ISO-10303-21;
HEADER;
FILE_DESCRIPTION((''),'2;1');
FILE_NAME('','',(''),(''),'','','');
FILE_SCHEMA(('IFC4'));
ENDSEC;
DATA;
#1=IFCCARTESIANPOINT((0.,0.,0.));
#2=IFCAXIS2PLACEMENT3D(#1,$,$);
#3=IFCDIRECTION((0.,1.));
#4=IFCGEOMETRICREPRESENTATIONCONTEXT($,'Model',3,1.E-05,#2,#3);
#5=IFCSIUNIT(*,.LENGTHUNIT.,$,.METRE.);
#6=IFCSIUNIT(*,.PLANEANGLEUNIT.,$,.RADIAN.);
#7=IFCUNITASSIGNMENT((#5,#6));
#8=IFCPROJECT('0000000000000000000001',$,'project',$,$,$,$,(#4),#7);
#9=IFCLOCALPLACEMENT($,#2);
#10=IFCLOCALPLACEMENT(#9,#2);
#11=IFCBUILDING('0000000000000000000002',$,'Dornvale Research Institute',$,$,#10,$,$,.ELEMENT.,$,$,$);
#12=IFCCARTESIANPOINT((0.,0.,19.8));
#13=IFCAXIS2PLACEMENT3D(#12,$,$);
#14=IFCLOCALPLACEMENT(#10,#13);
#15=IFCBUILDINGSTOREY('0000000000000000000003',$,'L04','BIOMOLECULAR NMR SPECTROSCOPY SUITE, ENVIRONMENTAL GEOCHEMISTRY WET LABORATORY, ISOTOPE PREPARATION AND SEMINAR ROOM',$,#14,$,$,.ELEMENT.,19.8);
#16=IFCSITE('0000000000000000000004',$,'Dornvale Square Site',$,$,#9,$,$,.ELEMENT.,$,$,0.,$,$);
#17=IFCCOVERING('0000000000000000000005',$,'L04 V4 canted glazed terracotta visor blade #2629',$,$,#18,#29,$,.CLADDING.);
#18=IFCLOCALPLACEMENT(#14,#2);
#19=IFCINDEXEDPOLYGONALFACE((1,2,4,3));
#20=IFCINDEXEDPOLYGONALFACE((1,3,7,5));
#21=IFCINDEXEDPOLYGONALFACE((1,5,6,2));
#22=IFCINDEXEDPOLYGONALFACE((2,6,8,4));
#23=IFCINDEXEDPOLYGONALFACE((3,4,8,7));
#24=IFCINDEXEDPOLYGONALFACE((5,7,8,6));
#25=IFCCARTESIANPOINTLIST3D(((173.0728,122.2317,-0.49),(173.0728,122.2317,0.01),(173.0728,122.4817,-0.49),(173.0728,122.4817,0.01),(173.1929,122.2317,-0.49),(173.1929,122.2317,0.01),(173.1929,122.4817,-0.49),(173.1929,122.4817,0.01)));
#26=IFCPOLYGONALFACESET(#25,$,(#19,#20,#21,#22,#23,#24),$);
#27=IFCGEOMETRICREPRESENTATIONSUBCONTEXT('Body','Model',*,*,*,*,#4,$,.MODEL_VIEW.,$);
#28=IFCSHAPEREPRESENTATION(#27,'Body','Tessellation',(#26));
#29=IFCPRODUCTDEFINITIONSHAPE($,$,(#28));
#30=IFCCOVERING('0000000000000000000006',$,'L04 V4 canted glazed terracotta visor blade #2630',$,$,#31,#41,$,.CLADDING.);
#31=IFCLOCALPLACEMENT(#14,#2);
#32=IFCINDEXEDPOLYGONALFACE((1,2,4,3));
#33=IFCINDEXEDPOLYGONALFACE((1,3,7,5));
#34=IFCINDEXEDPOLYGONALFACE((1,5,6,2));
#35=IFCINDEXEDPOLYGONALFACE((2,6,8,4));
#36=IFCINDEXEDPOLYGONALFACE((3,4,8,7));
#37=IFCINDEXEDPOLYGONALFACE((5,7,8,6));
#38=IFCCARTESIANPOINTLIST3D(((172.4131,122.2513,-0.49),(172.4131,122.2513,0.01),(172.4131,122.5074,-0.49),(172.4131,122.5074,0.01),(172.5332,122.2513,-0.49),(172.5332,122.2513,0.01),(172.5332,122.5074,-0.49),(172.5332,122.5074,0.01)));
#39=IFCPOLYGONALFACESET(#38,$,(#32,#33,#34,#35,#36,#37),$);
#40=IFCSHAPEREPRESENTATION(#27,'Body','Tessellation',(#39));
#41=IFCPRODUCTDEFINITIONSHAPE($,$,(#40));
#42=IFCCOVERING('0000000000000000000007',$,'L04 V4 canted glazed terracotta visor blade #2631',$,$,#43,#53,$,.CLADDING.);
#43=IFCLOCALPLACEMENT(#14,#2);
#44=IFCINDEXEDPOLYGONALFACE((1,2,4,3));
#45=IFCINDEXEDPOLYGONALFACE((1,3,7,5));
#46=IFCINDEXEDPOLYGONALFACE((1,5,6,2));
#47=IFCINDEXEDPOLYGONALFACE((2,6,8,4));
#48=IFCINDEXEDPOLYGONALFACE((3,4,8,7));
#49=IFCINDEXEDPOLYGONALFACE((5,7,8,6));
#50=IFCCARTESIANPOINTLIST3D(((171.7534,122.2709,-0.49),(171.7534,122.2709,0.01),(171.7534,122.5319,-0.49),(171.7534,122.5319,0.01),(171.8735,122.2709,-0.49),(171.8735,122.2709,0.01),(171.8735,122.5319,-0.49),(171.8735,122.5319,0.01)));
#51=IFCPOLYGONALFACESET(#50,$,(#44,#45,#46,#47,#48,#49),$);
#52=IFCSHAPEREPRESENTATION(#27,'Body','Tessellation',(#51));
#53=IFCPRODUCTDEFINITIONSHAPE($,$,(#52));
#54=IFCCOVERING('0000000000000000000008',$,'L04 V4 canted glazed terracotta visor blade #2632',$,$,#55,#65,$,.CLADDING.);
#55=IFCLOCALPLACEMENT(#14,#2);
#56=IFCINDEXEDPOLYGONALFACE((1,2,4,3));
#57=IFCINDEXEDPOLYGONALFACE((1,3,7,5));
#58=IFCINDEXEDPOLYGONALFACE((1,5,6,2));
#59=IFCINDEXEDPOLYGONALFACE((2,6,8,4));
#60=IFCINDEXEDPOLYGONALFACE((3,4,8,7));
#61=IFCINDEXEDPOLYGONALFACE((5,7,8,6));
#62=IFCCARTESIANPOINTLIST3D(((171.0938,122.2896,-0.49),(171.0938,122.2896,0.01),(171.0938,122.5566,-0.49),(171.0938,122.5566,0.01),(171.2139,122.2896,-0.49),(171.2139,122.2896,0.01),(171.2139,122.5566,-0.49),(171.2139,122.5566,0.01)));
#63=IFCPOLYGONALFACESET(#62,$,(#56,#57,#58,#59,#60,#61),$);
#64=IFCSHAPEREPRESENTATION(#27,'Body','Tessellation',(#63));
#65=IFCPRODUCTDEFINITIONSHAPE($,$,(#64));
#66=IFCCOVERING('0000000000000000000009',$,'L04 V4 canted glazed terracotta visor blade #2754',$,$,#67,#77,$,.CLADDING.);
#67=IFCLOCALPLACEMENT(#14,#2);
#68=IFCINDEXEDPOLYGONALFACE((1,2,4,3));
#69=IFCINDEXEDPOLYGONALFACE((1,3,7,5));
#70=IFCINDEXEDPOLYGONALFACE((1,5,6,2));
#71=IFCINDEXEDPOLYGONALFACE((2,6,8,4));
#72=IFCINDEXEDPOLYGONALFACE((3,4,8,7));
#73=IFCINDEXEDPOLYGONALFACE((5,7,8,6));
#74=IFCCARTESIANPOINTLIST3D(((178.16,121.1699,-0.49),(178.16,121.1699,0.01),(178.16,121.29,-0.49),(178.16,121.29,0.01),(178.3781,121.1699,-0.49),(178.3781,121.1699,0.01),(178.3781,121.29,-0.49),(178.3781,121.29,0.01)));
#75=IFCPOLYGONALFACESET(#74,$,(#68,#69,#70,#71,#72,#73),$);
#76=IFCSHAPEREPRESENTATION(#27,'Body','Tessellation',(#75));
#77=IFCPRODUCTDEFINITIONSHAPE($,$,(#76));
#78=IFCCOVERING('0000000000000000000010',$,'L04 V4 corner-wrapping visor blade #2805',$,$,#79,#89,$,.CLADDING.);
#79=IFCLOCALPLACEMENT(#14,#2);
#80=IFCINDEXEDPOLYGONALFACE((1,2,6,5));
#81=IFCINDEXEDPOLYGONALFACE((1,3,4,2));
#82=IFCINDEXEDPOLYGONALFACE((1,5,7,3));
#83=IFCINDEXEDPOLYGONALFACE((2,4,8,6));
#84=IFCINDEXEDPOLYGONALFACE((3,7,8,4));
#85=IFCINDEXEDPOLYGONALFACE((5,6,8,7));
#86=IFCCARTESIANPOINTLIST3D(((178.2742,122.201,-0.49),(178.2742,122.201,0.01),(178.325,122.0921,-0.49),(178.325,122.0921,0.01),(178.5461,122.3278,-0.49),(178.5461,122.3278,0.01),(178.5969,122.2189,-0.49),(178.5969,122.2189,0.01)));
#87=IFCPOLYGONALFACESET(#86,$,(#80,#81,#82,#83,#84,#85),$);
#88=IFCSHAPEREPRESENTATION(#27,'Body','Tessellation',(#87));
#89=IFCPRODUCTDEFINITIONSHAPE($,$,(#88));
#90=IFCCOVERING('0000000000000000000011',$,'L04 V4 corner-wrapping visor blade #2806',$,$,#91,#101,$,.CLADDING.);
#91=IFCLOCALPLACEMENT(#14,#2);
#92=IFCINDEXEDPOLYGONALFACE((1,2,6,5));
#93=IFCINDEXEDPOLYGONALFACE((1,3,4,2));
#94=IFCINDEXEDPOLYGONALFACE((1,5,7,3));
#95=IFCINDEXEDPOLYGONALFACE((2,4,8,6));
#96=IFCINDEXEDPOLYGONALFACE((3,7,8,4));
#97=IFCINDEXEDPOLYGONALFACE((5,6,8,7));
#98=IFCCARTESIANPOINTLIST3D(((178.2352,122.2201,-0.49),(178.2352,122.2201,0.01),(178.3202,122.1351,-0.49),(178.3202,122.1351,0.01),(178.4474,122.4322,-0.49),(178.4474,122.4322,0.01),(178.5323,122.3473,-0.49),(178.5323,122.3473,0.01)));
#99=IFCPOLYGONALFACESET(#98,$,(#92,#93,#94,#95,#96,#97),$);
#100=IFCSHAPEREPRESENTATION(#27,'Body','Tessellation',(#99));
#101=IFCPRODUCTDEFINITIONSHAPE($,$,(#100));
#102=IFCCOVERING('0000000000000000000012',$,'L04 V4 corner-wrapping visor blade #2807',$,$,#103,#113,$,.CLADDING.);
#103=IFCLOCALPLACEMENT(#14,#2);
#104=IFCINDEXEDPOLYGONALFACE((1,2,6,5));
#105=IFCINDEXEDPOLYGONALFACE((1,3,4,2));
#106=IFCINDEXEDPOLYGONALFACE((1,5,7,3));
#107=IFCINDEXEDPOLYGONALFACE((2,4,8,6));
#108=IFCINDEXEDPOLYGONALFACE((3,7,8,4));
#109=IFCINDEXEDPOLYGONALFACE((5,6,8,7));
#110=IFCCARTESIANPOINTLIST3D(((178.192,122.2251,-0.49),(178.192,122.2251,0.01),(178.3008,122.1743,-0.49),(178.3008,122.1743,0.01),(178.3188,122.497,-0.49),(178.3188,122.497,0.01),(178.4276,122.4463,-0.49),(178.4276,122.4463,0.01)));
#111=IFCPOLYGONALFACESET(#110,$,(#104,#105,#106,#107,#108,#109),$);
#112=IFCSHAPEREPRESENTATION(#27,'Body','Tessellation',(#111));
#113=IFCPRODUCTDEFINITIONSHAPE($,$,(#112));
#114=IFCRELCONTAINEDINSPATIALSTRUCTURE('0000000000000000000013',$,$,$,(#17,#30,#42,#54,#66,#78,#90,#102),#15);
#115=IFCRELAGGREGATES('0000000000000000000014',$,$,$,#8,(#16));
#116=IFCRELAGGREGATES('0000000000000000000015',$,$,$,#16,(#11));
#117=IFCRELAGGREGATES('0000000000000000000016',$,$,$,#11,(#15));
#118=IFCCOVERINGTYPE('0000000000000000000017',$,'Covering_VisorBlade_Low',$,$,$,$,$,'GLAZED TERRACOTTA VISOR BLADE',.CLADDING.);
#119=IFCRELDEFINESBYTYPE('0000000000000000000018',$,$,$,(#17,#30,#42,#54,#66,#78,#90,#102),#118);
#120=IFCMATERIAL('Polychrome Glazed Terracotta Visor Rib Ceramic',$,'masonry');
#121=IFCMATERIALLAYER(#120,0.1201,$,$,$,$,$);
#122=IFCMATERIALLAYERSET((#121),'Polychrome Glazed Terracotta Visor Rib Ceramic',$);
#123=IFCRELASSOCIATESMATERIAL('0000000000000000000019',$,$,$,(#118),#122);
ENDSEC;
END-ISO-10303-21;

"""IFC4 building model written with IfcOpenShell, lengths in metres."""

from ifc_helpers import new_model, si_unit, direction, frame, origin, origin_2d, place, context, subcontext, project, spatial, rectangle, extrude, material, layer, layer_set, type_object, element, save


model = new_model("IFC4")

# Units and contexts
model_context = context("Model", 3, precision=1e-05, world=origin(), true_north=direction((0.0, 1.0)))
body_context = subcontext(model_context, "Body", "Model", "MODEL_VIEW")
ifc_project = project(units=[si_unit("LENGTHUNIT", "METRE"), si_unit("PLANEANGLEUNIT", "RADIAN")], contexts=[model_context])

# Site, building, storey
site_placement = place(None, origin())
site = spatial("IfcSite", under=ifc_project, at=site_placement, Name="Dornvale Square Site", CompositionType="ELEMENT", RefElevation=0.0)
building_placement = place(site_placement, origin())
building = spatial("IfcBuilding", under=site, at=building_placement, Name="Dornvale Research Institute", CompositionType="ELEMENT")
storey_placement = place(building_placement, frame((0.0, 0.0, 19.8)))
storey = spatial("IfcBuildingStorey", under=building, at=storey_placement, Name="L04", Description="BIOMOLECULAR NMR SPECTROSCOPY SUITE, ENVIRONMENTAL GEOCHEMISTRY WET LABORATORY, ISOTOPE PREPARATION AND SEMINAR ROOM", CompositionType="ELEMENT", Elevation=19.8)

# Coverings
ifc_material_1 = material(Name="Polychrome Glazed Terracotta Visor Rib Ceramic", Category="masonry")
ifc_layer_1 = layer(ifc_material_1, 0.1201)
ifc_layer_set_1 = layer_set([ifc_layer_1], Name="Polychrome Glazed Terracotta Visor Rib Ceramic")
covering_type = type_object("IfcCoveringType", Name="Covering_VisorBlade_Low", ElementType="GLAZED TERRACOTTA VISOR BLADE", PredefinedType="CLADDING", material=ifc_layer_set_1)
covering_1_placement = place(storey_placement, frame((173.1328, 122.3567, -0.49), z_axis=(0.0, 0.0, 1.0), x_axis=(0.0, 1.0, 0.0)))
element("IfcCovering", 1, at=covering_1_placement, inside=storey, type_object=covering_type, Name="L04 V4 canted glazed terracotta visor blade #2629", PredefinedType="CLADDING", context=body_context, shape_type="SweptSolid", body=[
    extrude(rectangle(XDim=0.25, YDim=0.1201, at=origin_2d()), origin(), (0.0, 0.0, 1.0), 0.5),
])
covering_2_placement = place(storey_placement, frame((172.4731, 122.3794, -0.49), z_axis=(0.0, 0.0, 1.0), x_axis=(0.0, 1.0, 0.0)))
element("IfcCovering", 2, at=covering_2_placement, inside=storey, type_object=covering_type, Name="L04 V4 canted glazed terracotta visor blade #2630", PredefinedType="CLADDING", context=body_context, shape_type="SweptSolid", body=[
    extrude(rectangle(XDim=0.2561, YDim=0.1201, at=origin_2d()), origin(), (0.0, 0.0, 1.0), 0.5),
])
covering_3_placement = place(storey_placement, frame((171.8135, 122.4014, -0.49), z_axis=(0.0, 0.0, 1.0), x_axis=(0.0, 1.0, 0.0)))
element("IfcCovering", 3, at=covering_3_placement, inside=storey, type_object=covering_type, Name="L04 V4 canted glazed terracotta visor blade #2631", PredefinedType="CLADDING", context=body_context, shape_type="SweptSolid", body=[
    extrude(rectangle(XDim=0.261, YDim=0.1201, at=origin_2d()), origin(), (0.0, 0.0, 1.0), 0.5),
])
covering_4_placement = place(storey_placement, frame((171.1538, 122.4231, -0.49), z_axis=(0.0, 0.0, 1.0), x_axis=(0.0, 1.0, 0.0)))
element("IfcCovering", 4, at=covering_4_placement, inside=storey, type_object=covering_type, Name="L04 V4 canted glazed terracotta visor blade #2632", PredefinedType="CLADDING", context=body_context, shape_type="SweptSolid", body=[
    extrude(rectangle(XDim=0.2671, YDim=0.1201, at=origin_2d()), origin(), (0.0, 0.0, 1.0), 0.5),
])
covering_5_placement = place(storey_placement, frame((178.269, 121.23, -0.49), z_axis=(0.0, 0.0, 1.0), x_axis=(1.0, 0.0, 0.0)))
element("IfcCovering", 5, at=covering_5_placement, inside=storey, type_object=covering_type, Name="L04 V4 canted glazed terracotta visor blade #2754", PredefinedType="CLADDING", context=body_context, shape_type="SweptSolid", body=[
    extrude(rectangle(XDim=0.218, YDim=0.1201, at=origin_2d()), origin(), (0.0, 0.0, 1.0), 0.5),
])
for number, where, z_axis, x_axis, name in (
    (6, (178.4355, 122.21, -0.49), (0.0, 0.0, 1.0), (0.906308, 0.422618, 0.0), "L04 V4 corner-wrapping visor blade #2805"),
    (7, (178.3838, 122.2837, -0.49), (0.0, 0.0, 1.0), (0.707107, 0.707107, 0.0), "L04 V4 corner-wrapping visor blade #2806"),
    (8, (178.3098, 122.3357, -0.49), (0.0, 0.0, 1.0), (0.422618, 0.906308, 0.0), "L04 V4 corner-wrapping visor blade #2807"),
):
    element("IfcCovering", number, at=place(storey_placement, frame(where, z_axis=z_axis, x_axis=x_axis)), inside=storey, type_object=covering_type, Name=name, PredefinedType="CLADDING", context=body_context, shape_type="SweptSolid", body=[
        extrude(rectangle(XDim=0.3, YDim=0.1201, at=origin_2d()), origin(), (0.0, 0.0, 1.0), 0.5),
    ])

save(model, "model.ifc")
